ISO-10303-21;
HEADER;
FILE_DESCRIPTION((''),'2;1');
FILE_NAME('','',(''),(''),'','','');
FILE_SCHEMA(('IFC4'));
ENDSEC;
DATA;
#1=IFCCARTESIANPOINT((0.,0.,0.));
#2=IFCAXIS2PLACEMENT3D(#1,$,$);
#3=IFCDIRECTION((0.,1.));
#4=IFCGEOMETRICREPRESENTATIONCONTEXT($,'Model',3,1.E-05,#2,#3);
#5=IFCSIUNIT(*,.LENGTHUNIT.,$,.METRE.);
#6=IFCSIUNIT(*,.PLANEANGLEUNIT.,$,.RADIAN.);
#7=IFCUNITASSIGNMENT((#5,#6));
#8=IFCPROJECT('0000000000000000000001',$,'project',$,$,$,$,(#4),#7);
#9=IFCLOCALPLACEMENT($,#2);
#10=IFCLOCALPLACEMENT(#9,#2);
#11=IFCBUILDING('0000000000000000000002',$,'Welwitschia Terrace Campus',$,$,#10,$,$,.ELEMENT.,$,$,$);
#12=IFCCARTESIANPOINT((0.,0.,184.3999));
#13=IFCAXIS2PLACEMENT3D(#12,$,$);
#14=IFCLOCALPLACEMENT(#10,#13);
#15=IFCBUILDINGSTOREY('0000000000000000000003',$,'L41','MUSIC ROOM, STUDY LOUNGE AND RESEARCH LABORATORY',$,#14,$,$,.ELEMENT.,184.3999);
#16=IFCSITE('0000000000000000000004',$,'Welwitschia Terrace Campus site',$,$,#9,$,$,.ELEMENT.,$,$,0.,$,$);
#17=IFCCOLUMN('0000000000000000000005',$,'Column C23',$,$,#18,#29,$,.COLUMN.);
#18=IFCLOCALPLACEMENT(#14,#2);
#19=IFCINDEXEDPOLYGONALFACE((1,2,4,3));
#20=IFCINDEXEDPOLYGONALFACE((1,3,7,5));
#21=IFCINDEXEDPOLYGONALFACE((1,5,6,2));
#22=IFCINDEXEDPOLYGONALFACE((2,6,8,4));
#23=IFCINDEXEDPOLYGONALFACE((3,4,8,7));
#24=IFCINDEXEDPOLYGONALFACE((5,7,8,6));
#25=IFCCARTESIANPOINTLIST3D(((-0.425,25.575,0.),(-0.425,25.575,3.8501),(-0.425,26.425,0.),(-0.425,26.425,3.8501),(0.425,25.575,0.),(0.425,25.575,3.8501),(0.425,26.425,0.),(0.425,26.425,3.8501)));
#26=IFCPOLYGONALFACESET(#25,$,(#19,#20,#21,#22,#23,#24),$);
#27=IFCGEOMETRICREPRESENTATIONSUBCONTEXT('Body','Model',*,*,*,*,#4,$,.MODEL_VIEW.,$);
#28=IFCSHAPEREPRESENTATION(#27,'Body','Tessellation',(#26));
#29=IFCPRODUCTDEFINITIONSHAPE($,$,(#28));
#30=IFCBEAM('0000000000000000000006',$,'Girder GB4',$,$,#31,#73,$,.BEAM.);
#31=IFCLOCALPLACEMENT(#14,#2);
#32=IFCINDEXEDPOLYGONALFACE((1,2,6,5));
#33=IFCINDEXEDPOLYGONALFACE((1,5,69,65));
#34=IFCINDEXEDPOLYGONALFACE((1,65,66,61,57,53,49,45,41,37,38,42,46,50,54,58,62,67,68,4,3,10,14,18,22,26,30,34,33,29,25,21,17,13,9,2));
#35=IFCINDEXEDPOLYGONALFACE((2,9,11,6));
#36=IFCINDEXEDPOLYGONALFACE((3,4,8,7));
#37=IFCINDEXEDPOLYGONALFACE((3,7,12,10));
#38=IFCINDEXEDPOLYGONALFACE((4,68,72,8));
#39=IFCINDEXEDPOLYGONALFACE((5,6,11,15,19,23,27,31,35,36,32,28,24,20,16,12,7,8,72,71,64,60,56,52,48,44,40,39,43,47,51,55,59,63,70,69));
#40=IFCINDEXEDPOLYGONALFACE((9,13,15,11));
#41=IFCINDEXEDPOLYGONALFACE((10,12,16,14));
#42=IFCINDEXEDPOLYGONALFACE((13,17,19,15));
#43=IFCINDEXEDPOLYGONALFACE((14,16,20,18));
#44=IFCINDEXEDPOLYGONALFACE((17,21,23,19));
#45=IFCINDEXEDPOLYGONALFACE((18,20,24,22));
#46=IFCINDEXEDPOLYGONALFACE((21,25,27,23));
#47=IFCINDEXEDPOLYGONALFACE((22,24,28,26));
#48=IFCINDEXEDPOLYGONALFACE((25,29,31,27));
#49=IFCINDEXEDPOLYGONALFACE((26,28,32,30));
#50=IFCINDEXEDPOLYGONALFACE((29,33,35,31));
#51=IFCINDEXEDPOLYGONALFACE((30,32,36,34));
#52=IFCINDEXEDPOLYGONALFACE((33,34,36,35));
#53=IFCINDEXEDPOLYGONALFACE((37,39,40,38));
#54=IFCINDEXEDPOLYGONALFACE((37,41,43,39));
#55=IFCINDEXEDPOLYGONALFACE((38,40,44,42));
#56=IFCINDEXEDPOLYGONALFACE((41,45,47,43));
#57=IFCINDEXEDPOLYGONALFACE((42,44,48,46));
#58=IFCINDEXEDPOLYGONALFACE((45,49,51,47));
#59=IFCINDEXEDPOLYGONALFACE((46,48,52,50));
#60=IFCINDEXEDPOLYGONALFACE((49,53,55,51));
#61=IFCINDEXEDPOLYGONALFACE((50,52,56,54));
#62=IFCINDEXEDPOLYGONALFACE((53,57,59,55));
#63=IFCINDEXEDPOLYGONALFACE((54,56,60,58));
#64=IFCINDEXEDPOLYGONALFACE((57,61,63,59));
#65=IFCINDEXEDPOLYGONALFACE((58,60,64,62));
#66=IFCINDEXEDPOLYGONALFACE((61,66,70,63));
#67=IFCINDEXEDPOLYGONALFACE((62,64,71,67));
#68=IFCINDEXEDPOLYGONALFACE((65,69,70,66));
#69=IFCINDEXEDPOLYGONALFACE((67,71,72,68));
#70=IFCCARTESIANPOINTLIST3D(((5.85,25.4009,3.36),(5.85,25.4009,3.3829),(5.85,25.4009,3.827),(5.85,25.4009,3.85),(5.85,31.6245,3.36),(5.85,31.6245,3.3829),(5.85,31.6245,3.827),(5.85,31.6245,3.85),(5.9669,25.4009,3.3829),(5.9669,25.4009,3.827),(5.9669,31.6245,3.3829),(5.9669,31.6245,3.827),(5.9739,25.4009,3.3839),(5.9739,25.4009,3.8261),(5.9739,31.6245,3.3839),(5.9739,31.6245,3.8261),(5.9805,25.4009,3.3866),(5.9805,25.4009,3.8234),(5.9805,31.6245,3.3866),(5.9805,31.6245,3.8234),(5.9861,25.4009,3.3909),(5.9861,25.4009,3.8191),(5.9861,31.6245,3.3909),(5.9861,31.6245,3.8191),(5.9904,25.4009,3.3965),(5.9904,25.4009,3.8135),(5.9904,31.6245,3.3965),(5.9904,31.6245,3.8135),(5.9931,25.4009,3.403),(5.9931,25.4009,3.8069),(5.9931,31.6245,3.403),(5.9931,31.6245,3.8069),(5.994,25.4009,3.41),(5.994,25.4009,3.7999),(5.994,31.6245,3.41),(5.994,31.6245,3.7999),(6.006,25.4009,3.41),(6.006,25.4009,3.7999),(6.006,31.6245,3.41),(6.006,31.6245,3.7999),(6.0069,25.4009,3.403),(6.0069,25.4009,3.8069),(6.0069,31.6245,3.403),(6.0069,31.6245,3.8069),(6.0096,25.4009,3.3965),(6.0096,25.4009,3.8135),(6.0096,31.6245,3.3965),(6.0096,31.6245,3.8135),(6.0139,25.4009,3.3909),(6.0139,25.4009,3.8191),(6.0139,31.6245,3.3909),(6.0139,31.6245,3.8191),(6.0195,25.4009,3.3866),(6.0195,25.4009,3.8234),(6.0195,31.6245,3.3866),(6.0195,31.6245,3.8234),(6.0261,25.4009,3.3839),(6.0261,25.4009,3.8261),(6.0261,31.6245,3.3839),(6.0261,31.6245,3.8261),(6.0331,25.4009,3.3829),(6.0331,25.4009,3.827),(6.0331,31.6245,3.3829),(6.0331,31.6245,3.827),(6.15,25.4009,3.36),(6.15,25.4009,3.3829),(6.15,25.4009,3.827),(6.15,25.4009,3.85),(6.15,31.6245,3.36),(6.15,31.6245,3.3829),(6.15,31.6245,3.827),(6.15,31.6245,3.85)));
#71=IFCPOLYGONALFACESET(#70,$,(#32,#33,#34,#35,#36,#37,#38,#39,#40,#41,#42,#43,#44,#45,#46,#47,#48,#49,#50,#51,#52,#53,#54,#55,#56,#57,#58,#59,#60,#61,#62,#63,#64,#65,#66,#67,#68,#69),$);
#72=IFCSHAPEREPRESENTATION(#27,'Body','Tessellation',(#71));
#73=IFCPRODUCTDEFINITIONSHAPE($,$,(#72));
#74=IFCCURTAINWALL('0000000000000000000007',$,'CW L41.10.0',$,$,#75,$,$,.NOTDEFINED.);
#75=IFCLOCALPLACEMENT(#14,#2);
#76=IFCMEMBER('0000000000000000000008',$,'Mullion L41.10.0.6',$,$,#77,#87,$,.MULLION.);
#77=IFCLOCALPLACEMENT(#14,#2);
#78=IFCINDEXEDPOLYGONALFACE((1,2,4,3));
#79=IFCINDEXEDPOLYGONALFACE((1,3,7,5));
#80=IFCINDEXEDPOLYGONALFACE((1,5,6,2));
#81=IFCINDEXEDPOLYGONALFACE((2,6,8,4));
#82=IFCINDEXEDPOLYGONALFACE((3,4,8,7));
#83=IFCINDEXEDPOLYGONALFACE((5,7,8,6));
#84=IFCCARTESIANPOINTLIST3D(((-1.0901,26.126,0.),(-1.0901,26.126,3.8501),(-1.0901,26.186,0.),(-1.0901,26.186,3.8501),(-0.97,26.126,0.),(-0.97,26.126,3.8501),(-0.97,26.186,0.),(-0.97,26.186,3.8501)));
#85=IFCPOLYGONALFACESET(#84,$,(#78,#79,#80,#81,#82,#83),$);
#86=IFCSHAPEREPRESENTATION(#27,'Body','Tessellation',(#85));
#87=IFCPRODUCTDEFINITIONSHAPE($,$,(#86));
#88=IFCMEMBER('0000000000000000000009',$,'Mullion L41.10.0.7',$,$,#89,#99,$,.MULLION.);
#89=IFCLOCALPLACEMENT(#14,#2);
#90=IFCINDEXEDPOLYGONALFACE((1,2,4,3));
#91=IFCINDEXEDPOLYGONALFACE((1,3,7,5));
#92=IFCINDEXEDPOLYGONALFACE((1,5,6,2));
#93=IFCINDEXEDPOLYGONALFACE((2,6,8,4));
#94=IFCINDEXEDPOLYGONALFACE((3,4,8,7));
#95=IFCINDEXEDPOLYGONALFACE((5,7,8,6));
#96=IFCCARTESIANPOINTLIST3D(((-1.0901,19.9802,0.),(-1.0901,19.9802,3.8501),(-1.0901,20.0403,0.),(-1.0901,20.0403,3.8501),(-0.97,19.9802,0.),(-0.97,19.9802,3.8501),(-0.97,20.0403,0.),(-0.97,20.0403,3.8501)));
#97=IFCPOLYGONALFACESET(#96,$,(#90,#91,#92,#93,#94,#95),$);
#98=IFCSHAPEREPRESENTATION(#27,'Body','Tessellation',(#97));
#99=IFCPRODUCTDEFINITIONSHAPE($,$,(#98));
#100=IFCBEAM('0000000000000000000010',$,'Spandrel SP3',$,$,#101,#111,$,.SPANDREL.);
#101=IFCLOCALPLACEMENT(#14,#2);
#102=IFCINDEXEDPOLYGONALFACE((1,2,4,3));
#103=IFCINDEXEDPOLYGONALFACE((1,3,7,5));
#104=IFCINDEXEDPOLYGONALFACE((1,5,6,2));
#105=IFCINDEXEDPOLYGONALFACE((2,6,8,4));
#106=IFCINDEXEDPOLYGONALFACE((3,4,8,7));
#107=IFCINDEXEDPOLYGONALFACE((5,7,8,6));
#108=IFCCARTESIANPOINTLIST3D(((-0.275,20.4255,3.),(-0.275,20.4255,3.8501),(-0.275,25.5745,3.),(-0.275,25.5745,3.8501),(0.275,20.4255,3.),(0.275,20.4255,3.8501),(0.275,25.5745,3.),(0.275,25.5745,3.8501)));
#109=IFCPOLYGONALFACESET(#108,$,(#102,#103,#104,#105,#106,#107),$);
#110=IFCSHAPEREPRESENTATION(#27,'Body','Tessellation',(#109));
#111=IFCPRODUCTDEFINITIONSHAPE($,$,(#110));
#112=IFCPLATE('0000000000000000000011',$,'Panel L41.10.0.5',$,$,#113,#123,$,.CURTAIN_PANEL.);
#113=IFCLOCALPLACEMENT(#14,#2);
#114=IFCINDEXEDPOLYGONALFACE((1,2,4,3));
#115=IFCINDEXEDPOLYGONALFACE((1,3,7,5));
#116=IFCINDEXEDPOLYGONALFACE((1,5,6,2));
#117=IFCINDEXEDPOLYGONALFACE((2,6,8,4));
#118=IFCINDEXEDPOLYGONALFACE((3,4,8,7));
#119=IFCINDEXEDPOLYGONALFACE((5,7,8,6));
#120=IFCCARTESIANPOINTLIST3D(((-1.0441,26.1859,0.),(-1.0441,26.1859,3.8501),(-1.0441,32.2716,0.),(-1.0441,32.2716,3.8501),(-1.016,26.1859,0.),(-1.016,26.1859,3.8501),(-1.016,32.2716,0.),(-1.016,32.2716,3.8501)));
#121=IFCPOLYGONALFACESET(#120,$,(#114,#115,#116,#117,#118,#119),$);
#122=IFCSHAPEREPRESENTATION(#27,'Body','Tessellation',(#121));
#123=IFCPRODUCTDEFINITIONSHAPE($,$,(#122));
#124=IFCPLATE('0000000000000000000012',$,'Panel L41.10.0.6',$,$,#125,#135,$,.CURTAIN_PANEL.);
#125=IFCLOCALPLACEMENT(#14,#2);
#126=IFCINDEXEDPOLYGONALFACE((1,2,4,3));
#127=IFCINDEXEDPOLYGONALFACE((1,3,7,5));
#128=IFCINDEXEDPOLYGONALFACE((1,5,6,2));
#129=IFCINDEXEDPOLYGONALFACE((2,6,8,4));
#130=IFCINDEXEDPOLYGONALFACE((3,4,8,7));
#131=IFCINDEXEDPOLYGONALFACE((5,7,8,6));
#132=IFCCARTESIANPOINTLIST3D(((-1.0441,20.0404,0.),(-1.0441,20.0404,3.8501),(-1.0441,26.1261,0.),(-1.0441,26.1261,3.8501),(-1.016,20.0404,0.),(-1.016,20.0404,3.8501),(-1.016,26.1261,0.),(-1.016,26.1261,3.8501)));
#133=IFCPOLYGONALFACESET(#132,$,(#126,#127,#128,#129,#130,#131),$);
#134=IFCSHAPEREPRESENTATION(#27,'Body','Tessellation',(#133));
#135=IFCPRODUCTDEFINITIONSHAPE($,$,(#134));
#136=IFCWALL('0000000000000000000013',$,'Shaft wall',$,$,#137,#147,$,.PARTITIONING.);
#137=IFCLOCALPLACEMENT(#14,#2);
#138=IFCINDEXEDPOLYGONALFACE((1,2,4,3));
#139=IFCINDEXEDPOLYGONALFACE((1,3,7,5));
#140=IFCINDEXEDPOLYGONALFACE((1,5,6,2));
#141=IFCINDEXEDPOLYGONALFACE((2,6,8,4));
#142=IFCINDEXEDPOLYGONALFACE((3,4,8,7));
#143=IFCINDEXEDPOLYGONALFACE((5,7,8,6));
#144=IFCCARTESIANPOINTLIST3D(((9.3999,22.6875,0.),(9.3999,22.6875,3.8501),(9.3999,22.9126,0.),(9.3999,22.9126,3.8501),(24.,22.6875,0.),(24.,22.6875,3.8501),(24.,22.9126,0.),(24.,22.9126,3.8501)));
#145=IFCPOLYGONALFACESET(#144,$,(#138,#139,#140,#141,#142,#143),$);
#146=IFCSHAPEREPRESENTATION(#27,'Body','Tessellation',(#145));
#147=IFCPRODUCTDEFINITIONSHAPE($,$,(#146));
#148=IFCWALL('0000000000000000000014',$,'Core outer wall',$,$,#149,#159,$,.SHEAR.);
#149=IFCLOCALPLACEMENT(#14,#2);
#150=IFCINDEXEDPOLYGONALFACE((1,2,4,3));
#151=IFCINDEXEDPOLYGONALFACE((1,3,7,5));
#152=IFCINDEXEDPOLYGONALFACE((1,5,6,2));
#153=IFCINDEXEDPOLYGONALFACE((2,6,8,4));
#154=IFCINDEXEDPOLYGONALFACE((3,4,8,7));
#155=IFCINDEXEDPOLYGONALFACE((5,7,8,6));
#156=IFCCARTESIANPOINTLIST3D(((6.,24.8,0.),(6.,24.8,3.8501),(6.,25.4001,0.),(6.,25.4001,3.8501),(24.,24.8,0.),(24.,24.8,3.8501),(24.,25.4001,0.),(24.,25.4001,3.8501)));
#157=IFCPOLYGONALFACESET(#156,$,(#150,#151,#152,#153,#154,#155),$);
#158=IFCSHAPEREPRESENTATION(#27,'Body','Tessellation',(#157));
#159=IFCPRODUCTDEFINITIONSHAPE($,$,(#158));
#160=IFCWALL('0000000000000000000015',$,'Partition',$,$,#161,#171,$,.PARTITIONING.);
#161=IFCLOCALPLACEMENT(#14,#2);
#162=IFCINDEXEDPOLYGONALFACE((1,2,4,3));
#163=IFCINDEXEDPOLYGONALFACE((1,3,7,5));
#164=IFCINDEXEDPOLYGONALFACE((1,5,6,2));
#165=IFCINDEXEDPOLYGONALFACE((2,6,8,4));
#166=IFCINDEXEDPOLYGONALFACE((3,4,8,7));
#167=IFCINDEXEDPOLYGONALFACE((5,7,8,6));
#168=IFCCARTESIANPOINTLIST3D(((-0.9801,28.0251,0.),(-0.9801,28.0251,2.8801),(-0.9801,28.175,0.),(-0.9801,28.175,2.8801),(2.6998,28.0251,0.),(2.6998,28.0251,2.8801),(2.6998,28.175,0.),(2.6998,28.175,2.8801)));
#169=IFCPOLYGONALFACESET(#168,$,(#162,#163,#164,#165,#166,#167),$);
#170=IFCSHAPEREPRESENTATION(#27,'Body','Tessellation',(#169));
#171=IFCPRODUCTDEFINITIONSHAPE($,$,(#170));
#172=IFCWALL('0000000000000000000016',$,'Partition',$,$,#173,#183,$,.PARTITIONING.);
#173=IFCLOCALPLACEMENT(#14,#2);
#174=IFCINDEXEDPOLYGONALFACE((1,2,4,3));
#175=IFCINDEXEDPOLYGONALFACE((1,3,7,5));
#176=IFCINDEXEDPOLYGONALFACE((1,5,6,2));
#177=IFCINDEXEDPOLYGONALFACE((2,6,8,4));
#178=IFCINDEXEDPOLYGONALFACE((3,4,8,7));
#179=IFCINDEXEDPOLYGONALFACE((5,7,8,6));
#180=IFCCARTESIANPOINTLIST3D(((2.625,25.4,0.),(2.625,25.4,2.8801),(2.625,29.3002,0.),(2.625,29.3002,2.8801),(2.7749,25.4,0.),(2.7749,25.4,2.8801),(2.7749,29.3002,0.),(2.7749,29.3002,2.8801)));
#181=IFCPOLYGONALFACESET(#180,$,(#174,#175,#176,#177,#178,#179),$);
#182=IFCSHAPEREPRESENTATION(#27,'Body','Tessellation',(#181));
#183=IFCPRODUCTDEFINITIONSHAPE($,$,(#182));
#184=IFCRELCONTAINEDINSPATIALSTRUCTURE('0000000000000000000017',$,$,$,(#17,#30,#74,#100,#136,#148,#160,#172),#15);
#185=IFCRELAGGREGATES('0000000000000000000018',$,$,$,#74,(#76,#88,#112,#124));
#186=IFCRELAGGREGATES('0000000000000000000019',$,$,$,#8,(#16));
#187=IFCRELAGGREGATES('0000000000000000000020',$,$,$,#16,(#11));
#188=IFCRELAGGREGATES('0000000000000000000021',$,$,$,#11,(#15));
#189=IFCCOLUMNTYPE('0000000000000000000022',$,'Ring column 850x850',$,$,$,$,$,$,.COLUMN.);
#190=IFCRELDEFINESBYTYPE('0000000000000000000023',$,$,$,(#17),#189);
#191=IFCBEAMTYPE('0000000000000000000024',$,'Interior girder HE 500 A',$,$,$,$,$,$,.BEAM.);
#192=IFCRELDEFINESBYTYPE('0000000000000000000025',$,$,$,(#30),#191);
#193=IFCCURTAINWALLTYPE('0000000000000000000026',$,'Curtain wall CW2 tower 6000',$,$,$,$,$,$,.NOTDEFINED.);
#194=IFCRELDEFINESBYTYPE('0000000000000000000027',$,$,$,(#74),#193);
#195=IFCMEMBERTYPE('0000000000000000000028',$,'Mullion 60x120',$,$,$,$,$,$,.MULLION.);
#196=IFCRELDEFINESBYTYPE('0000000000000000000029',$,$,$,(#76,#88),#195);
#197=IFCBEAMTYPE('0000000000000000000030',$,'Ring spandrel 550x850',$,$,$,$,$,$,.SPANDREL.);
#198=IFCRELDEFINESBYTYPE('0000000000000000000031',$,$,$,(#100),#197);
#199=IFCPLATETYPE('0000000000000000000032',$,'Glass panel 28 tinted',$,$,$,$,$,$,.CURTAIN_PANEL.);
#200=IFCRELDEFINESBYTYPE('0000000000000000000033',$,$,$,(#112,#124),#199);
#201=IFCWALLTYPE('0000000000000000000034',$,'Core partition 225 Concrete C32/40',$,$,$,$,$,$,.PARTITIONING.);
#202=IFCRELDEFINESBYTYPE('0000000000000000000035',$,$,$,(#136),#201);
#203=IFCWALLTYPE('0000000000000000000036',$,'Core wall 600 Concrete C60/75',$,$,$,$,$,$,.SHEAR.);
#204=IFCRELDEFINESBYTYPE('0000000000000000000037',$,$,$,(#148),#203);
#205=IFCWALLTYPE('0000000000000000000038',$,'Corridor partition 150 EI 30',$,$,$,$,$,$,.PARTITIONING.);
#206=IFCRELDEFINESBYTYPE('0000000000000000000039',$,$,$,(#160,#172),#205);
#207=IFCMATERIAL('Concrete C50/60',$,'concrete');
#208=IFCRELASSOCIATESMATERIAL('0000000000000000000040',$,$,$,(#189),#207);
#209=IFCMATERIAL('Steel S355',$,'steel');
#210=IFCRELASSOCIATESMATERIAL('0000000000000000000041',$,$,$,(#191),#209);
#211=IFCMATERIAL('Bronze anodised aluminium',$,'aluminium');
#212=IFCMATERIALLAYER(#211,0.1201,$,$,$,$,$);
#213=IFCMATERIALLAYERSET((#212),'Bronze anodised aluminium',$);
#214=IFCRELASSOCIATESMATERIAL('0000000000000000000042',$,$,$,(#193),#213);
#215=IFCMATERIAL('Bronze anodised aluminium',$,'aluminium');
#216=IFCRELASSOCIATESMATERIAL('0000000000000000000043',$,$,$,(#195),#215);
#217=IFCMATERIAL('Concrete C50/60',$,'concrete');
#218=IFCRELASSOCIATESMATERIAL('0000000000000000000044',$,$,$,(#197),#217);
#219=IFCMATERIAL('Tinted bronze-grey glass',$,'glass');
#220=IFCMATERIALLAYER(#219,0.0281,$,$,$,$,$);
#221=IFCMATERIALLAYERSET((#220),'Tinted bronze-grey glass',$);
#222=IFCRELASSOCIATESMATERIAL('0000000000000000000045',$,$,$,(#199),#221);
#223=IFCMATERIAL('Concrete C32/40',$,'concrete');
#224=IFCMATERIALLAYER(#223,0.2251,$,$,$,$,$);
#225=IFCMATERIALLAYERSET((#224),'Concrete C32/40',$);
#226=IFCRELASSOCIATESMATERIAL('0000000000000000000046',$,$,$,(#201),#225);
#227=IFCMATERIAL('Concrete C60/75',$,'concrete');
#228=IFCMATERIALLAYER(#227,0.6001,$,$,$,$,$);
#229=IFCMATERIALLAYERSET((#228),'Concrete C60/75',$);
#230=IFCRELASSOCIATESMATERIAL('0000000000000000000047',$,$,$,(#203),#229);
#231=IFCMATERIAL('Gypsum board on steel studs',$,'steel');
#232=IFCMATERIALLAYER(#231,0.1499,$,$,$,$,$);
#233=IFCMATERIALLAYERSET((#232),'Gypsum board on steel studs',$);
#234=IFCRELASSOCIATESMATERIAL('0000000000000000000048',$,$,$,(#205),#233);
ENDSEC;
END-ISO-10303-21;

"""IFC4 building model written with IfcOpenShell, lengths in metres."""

from ifc_helpers import new_model, si_unit, direction, frame, frame_2d, origin, origin_2d, place, context, subcontext, project, spatial, rectangle, i_section, extrude, material, layer, layer_set, material_profile, profile_set, type_object, element, aggregate, save


model = new_model("IFC4")

# Units and contexts
model_context = context("Model", 3, precision=1e-05, world=origin(), true_north=direction((0.0, 1.0)))
body_context = subcontext(model_context, "Body", "Model", "MODEL_VIEW")
ifc_project = project(units=[si_unit("LENGTHUNIT", "METRE"), si_unit("PLANEANGLEUNIT", "RADIAN")], contexts=[model_context])

# Site, building, storey
site_placement = place(None, origin())
site = spatial("IfcSite", under=ifc_project, at=site_placement, Name="Welwitschia Terrace Campus site", CompositionType="ELEMENT", RefElevation=0.0)
building_placement = place(site_placement, origin())
building = spatial("IfcBuilding", under=site, at=building_placement, Name="Welwitschia Terrace Campus", CompositionType="ELEMENT")
storey_placement = place(building_placement, frame((0.0, 0.0, 184.3999)))
storey = spatial("IfcBuildingStorey", under=building, at=storey_placement, Name="L41", Description="MUSIC ROOM, STUDY LOUNGE AND RESEARCH LABORATORY", CompositionType="ELEMENT", Elevation=184.3999)

# Column
ifc_material_1 = material(Name="Concrete C50/60", Category="concrete")
ifc_material_profile_1 = material_profile(ifc_material_1, rectangle(XDim=0.8501, YDim=0.8501, at=origin_2d()))
ifc_profile_set_1 = profile_set([ifc_material_profile_1], Name="Concrete C50/60")
column_type = type_object("IfcColumnType", Name="Ring column 850x850", PredefinedType="COLUMN", material=ifc_profile_set_1)
column_placement = place(storey_placement, frame((0.0, 26.0, 0.0), z_axis=(0.0, 0.0, 1.0), x_axis=(1.0, 0.0, 0.0)))
element("IfcColumn", 1, at=column_placement, inside=storey, type_object=column_type, Name="Column C23", PredefinedType="COLUMN", context=body_context, shape_type="SweptSolid", body=[
    extrude(rectangle(XDim=0.8501, YDim=0.8501, at=origin_2d()), origin(), (0.0, 0.0, 1.0), 3.8501),
])

# Beam
ifc_material_2 = material(Name="Steel S355", Category="steel")
ifc_material_profile_2 = material_profile(ifc_material_2, i_section(OverallWidth=0.3, OverallDepth=0.49, WebThickness=0.012, FlangeThickness=0.0229, FilletRadius=0.0271, at=origin_2d()))
ifc_profile_set_2 = profile_set([ifc_material_profile_2], Name="Steel S355")
beam_type_1 = type_object("IfcBeamType", Name="Interior girder HE 500 A", PredefinedType="BEAM", material=ifc_profile_set_2)
beam_1_placement = place(storey_placement, frame((6.0, 25.4009, 3.605), z_axis=(0.0, 1.0, 0.0), x_axis=(-1.0, 0.0, 0.0)))
element("IfcBeam", 2, at=beam_1_placement, inside=storey, type_object=beam_type_1, Name="Girder GB4", PredefinedType="BEAM", context=body_context, shape_type="SweptSolid", body=[
    extrude(i_section(OverallWidth=0.3, OverallDepth=0.49, WebThickness=0.012, FlangeThickness=0.0229, FilletRadius=0.0271, at=origin_2d()), origin(), (0.0, 0.0, 1.0), 6.2236),
])

# Curtain wall, members
ifc_material_3 = material(Name="Bronze anodised aluminium", Category="aluminium")
ifc_layer_1 = layer(ifc_material_3, 0.1201)
ifc_layer_set_1 = layer_set([ifc_layer_1], Name="Bronze anodised aluminium")
curtain_wall_type = type_object("IfcCurtainWallType", Name="Curtain wall CW2 tower 6000", PredefinedType="NOTDEFINED", material=ifc_layer_set_1)
curtain_wall_placement = place(storey_placement, origin())
curtain_wall = element("IfcCurtainWall", 3, at=curtain_wall_placement, inside=storey, type_object=curtain_wall_type, Name="CW L41.10.0", PredefinedType="NOTDEFINED")
ifc_material_4 = material(Name="Bronze anodised aluminium", Category="aluminium")
ifc_material_profile_3 = material_profile(ifc_material_4, rectangle(XDim=0.1201, YDim=0.0601, at=origin_2d()))
ifc_profile_set_3 = profile_set([ifc_material_profile_3], Name="Bronze anodised aluminium")
member_type = type_object("IfcMemberType", Name="Mullion 60x120", PredefinedType="MULLION", material=ifc_profile_set_3)
member_1_placement = place(storey_placement, frame((-1.03, 26.156, 0.0), z_axis=(0.0, 0.0, 1.0), x_axis=(1.0, 0.0, 0.0)))
member_1 = element("IfcMember", 4, at=member_1_placement, type_object=member_type, Name="Mullion L41.10.0.6", PredefinedType="MULLION", context=body_context, shape_type="SweptSolid", body=[
    extrude(rectangle(XDim=0.1201, YDim=0.0601, at=origin_2d()), origin(), (0.0, 0.0, 1.0), 3.8501),
])
member_2_placement = place(storey_placement, frame((-1.03, 20.0103, 0.0), z_axis=(0.0, 0.0, 1.0), x_axis=(1.0, 0.0, 0.0)))
member_2 = element("IfcMember", 5, at=member_2_placement, type_object=member_type, Name="Mullion L41.10.0.7", PredefinedType="MULLION", context=body_context, shape_type="SweptSolid", body=[
    extrude(rectangle(XDim=0.1201, YDim=0.0601, at=origin_2d()), origin(), (0.0, 0.0, 1.0), 3.8501),
])

# Beam
ifc_material_5 = material(Name="Concrete C50/60", Category="concrete")
ifc_material_profile_4 = material_profile(ifc_material_5, rectangle(XDim=0.55, YDim=0.8501, at=origin_2d()))
ifc_profile_set_4 = profile_set([ifc_material_profile_4], Name="Concrete C50/60")
beam_type_2 = type_object("IfcBeamType", Name="Ring spandrel 550x850", PredefinedType="SPANDREL", material=ifc_profile_set_4)
beam_2_placement = place(storey_placement, frame((0.0, 25.5745, 3.425), z_axis=(0.0, -1.0, 0.0), x_axis=(1.0, 0.0, 0.0)))
element("IfcBeam", 6, at=beam_2_placement, inside=storey, type_object=beam_type_2, Name="Spandrel SP3", PredefinedType="SPANDREL", context=body_context, shape_type="SweptSolid", body=[
    extrude(rectangle(XDim=0.55, YDim=0.8501, at=origin_2d()), origin(), (0.0, 0.0, 1.0), 5.1489),
])

# Plates
ifc_material_6 = material(Name="Tinted bronze-grey glass", Category="glass")
ifc_layer_2 = layer(ifc_material_6, 0.0281)
ifc_layer_set_2 = layer_set([ifc_layer_2], Name="Tinted bronze-grey glass")
plate_type = type_object("IfcPlateType", Name="Glass panel 28 tinted", PredefinedType="CURTAIN_PANEL", material=ifc_layer_set_2)
plate_1_placement = place(storey_placement, frame((-1.03, 29.2288, 0.0), z_axis=(0.0, 0.0, 1.0), x_axis=(0.0, -1.0, 0.0)))
plate_1 = element("IfcPlate", 7, at=plate_1_placement, type_object=plate_type, Name="Panel L41.10.0.5", PredefinedType="CURTAIN_PANEL", context=body_context, shape_type="SweptSolid", body=[
    extrude(rectangle(XDim=6.0857, YDim=0.0281, at=origin_2d()), origin(), (0.0, 0.0, 1.0), 3.8501),
])
plate_2_placement = place(storey_placement, frame((-1.03, 23.0833, 0.0), z_axis=(0.0, 0.0, 1.0), x_axis=(0.0, -1.0, 0.0)))
plate_2 = element("IfcPlate", 8, at=plate_2_placement, type_object=plate_type, Name="Panel L41.10.0.6", PredefinedType="CURTAIN_PANEL", context=body_context, shape_type="SweptSolid", body=[
    extrude(rectangle(XDim=6.0857, YDim=0.0281, at=origin_2d()), origin(), (0.0, 0.0, 1.0), 3.8501),
])
aggregate(curtain_wall, [member_1, member_2, plate_1, plate_2])

# Walls
ifc_material_7 = material(Name="Concrete C32/40", Category="concrete")
ifc_layer_3 = layer(ifc_material_7, 0.2251)
ifc_layer_set_3 = layer_set([ifc_layer_3], Name="Concrete C32/40")
wall_type_1 = type_object("IfcWallType", Name="Core partition 225 Concrete C32/40", PredefinedType="PARTITIONING", material=ifc_layer_set_3)
wall_1_placement = place(storey_placement, frame((9.3999, 22.8, 0.0), z_axis=(0.0, 0.0, 1.0), x_axis=(1.0, 0.0, 0.0)))
element("IfcWall", 9, at=wall_1_placement, inside=storey, type_object=wall_type_1, Name="Shaft wall", PredefinedType="PARTITIONING", context=body_context, shape_type="SweptSolid", body=[
    extrude(rectangle(XDim=14.6001, YDim=0.2251, at=frame_2d((7.3, 0.0))), origin(), (0.0, 0.0, 1.0), 3.8501),
])
ifc_material_8 = material(Name="Concrete C60/75", Category="concrete")
ifc_layer_4 = layer(ifc_material_8, 0.6001)
ifc_layer_set_4 = layer_set([ifc_layer_4], Name="Concrete C60/75")
wall_type_2 = type_object("IfcWallType", Name="Core wall 600 Concrete C60/75", PredefinedType="SHEAR", material=ifc_layer_set_4)
wall_2_placement = place(storey_placement, frame((6.0, 25.1001, 0.0), z_axis=(0.0, 0.0, 1.0), x_axis=(1.0, 0.0, 0.0)))
element("IfcWall", 10, at=wall_2_placement, inside=storey, type_object=wall_type_2, Name="Core outer wall", PredefinedType="SHEAR", context=body_context, shape_type="SweptSolid", body=[
    extrude(rectangle(XDim=18.0, YDim=0.6001, at=frame_2d((9.0, 0.0))), origin(), (0.0, 0.0, 1.0), 3.8501),
])
ifc_material_9 = material(Name="Gypsum board on steel studs", Category="steel")
ifc_layer_5 = layer(ifc_material_9, 0.1499)
ifc_layer_set_5 = layer_set([ifc_layer_5], Name="Gypsum board on steel studs")
wall_type_3 = type_object("IfcWallType", Name="Corridor partition 150 EI 30", PredefinedType="PARTITIONING", material=ifc_layer_set_5)
wall_3_placement = place(storey_placement, frame((-0.98, 28.1001, 0.0), z_axis=(0.0, 0.0, 1.0), x_axis=(1.0, 0.0, 0.0)))
element("IfcWall", 11, at=wall_3_placement, inside=storey, type_object=wall_type_3, Name="Partition", PredefinedType="PARTITIONING", context=body_context, shape_type="SweptSolid", body=[
    extrude(rectangle(XDim=3.6799, YDim=0.1499, at=frame_2d((1.8398, 0.0))), origin(), (0.0, 0.0, 1.0), 2.8801),
])
wall_4_placement = place(storey_placement, frame((2.7, 25.3999, 0.0), z_axis=(0.0, 0.0, 1.0), x_axis=(0.0, 1.0, 0.0)))
element("IfcWall", 12, at=wall_4_placement, inside=storey, type_object=wall_type_3, Name="Partition", PredefinedType="PARTITIONING", context=body_context, shape_type="SweptSolid", body=[
    extrude(rectangle(XDim=3.9001, YDim=0.1499, at=frame_2d((1.9502, 0.0))), origin(), (0.0, 0.0, 1.0), 2.8801),
])

save(model, "model.ifc")
